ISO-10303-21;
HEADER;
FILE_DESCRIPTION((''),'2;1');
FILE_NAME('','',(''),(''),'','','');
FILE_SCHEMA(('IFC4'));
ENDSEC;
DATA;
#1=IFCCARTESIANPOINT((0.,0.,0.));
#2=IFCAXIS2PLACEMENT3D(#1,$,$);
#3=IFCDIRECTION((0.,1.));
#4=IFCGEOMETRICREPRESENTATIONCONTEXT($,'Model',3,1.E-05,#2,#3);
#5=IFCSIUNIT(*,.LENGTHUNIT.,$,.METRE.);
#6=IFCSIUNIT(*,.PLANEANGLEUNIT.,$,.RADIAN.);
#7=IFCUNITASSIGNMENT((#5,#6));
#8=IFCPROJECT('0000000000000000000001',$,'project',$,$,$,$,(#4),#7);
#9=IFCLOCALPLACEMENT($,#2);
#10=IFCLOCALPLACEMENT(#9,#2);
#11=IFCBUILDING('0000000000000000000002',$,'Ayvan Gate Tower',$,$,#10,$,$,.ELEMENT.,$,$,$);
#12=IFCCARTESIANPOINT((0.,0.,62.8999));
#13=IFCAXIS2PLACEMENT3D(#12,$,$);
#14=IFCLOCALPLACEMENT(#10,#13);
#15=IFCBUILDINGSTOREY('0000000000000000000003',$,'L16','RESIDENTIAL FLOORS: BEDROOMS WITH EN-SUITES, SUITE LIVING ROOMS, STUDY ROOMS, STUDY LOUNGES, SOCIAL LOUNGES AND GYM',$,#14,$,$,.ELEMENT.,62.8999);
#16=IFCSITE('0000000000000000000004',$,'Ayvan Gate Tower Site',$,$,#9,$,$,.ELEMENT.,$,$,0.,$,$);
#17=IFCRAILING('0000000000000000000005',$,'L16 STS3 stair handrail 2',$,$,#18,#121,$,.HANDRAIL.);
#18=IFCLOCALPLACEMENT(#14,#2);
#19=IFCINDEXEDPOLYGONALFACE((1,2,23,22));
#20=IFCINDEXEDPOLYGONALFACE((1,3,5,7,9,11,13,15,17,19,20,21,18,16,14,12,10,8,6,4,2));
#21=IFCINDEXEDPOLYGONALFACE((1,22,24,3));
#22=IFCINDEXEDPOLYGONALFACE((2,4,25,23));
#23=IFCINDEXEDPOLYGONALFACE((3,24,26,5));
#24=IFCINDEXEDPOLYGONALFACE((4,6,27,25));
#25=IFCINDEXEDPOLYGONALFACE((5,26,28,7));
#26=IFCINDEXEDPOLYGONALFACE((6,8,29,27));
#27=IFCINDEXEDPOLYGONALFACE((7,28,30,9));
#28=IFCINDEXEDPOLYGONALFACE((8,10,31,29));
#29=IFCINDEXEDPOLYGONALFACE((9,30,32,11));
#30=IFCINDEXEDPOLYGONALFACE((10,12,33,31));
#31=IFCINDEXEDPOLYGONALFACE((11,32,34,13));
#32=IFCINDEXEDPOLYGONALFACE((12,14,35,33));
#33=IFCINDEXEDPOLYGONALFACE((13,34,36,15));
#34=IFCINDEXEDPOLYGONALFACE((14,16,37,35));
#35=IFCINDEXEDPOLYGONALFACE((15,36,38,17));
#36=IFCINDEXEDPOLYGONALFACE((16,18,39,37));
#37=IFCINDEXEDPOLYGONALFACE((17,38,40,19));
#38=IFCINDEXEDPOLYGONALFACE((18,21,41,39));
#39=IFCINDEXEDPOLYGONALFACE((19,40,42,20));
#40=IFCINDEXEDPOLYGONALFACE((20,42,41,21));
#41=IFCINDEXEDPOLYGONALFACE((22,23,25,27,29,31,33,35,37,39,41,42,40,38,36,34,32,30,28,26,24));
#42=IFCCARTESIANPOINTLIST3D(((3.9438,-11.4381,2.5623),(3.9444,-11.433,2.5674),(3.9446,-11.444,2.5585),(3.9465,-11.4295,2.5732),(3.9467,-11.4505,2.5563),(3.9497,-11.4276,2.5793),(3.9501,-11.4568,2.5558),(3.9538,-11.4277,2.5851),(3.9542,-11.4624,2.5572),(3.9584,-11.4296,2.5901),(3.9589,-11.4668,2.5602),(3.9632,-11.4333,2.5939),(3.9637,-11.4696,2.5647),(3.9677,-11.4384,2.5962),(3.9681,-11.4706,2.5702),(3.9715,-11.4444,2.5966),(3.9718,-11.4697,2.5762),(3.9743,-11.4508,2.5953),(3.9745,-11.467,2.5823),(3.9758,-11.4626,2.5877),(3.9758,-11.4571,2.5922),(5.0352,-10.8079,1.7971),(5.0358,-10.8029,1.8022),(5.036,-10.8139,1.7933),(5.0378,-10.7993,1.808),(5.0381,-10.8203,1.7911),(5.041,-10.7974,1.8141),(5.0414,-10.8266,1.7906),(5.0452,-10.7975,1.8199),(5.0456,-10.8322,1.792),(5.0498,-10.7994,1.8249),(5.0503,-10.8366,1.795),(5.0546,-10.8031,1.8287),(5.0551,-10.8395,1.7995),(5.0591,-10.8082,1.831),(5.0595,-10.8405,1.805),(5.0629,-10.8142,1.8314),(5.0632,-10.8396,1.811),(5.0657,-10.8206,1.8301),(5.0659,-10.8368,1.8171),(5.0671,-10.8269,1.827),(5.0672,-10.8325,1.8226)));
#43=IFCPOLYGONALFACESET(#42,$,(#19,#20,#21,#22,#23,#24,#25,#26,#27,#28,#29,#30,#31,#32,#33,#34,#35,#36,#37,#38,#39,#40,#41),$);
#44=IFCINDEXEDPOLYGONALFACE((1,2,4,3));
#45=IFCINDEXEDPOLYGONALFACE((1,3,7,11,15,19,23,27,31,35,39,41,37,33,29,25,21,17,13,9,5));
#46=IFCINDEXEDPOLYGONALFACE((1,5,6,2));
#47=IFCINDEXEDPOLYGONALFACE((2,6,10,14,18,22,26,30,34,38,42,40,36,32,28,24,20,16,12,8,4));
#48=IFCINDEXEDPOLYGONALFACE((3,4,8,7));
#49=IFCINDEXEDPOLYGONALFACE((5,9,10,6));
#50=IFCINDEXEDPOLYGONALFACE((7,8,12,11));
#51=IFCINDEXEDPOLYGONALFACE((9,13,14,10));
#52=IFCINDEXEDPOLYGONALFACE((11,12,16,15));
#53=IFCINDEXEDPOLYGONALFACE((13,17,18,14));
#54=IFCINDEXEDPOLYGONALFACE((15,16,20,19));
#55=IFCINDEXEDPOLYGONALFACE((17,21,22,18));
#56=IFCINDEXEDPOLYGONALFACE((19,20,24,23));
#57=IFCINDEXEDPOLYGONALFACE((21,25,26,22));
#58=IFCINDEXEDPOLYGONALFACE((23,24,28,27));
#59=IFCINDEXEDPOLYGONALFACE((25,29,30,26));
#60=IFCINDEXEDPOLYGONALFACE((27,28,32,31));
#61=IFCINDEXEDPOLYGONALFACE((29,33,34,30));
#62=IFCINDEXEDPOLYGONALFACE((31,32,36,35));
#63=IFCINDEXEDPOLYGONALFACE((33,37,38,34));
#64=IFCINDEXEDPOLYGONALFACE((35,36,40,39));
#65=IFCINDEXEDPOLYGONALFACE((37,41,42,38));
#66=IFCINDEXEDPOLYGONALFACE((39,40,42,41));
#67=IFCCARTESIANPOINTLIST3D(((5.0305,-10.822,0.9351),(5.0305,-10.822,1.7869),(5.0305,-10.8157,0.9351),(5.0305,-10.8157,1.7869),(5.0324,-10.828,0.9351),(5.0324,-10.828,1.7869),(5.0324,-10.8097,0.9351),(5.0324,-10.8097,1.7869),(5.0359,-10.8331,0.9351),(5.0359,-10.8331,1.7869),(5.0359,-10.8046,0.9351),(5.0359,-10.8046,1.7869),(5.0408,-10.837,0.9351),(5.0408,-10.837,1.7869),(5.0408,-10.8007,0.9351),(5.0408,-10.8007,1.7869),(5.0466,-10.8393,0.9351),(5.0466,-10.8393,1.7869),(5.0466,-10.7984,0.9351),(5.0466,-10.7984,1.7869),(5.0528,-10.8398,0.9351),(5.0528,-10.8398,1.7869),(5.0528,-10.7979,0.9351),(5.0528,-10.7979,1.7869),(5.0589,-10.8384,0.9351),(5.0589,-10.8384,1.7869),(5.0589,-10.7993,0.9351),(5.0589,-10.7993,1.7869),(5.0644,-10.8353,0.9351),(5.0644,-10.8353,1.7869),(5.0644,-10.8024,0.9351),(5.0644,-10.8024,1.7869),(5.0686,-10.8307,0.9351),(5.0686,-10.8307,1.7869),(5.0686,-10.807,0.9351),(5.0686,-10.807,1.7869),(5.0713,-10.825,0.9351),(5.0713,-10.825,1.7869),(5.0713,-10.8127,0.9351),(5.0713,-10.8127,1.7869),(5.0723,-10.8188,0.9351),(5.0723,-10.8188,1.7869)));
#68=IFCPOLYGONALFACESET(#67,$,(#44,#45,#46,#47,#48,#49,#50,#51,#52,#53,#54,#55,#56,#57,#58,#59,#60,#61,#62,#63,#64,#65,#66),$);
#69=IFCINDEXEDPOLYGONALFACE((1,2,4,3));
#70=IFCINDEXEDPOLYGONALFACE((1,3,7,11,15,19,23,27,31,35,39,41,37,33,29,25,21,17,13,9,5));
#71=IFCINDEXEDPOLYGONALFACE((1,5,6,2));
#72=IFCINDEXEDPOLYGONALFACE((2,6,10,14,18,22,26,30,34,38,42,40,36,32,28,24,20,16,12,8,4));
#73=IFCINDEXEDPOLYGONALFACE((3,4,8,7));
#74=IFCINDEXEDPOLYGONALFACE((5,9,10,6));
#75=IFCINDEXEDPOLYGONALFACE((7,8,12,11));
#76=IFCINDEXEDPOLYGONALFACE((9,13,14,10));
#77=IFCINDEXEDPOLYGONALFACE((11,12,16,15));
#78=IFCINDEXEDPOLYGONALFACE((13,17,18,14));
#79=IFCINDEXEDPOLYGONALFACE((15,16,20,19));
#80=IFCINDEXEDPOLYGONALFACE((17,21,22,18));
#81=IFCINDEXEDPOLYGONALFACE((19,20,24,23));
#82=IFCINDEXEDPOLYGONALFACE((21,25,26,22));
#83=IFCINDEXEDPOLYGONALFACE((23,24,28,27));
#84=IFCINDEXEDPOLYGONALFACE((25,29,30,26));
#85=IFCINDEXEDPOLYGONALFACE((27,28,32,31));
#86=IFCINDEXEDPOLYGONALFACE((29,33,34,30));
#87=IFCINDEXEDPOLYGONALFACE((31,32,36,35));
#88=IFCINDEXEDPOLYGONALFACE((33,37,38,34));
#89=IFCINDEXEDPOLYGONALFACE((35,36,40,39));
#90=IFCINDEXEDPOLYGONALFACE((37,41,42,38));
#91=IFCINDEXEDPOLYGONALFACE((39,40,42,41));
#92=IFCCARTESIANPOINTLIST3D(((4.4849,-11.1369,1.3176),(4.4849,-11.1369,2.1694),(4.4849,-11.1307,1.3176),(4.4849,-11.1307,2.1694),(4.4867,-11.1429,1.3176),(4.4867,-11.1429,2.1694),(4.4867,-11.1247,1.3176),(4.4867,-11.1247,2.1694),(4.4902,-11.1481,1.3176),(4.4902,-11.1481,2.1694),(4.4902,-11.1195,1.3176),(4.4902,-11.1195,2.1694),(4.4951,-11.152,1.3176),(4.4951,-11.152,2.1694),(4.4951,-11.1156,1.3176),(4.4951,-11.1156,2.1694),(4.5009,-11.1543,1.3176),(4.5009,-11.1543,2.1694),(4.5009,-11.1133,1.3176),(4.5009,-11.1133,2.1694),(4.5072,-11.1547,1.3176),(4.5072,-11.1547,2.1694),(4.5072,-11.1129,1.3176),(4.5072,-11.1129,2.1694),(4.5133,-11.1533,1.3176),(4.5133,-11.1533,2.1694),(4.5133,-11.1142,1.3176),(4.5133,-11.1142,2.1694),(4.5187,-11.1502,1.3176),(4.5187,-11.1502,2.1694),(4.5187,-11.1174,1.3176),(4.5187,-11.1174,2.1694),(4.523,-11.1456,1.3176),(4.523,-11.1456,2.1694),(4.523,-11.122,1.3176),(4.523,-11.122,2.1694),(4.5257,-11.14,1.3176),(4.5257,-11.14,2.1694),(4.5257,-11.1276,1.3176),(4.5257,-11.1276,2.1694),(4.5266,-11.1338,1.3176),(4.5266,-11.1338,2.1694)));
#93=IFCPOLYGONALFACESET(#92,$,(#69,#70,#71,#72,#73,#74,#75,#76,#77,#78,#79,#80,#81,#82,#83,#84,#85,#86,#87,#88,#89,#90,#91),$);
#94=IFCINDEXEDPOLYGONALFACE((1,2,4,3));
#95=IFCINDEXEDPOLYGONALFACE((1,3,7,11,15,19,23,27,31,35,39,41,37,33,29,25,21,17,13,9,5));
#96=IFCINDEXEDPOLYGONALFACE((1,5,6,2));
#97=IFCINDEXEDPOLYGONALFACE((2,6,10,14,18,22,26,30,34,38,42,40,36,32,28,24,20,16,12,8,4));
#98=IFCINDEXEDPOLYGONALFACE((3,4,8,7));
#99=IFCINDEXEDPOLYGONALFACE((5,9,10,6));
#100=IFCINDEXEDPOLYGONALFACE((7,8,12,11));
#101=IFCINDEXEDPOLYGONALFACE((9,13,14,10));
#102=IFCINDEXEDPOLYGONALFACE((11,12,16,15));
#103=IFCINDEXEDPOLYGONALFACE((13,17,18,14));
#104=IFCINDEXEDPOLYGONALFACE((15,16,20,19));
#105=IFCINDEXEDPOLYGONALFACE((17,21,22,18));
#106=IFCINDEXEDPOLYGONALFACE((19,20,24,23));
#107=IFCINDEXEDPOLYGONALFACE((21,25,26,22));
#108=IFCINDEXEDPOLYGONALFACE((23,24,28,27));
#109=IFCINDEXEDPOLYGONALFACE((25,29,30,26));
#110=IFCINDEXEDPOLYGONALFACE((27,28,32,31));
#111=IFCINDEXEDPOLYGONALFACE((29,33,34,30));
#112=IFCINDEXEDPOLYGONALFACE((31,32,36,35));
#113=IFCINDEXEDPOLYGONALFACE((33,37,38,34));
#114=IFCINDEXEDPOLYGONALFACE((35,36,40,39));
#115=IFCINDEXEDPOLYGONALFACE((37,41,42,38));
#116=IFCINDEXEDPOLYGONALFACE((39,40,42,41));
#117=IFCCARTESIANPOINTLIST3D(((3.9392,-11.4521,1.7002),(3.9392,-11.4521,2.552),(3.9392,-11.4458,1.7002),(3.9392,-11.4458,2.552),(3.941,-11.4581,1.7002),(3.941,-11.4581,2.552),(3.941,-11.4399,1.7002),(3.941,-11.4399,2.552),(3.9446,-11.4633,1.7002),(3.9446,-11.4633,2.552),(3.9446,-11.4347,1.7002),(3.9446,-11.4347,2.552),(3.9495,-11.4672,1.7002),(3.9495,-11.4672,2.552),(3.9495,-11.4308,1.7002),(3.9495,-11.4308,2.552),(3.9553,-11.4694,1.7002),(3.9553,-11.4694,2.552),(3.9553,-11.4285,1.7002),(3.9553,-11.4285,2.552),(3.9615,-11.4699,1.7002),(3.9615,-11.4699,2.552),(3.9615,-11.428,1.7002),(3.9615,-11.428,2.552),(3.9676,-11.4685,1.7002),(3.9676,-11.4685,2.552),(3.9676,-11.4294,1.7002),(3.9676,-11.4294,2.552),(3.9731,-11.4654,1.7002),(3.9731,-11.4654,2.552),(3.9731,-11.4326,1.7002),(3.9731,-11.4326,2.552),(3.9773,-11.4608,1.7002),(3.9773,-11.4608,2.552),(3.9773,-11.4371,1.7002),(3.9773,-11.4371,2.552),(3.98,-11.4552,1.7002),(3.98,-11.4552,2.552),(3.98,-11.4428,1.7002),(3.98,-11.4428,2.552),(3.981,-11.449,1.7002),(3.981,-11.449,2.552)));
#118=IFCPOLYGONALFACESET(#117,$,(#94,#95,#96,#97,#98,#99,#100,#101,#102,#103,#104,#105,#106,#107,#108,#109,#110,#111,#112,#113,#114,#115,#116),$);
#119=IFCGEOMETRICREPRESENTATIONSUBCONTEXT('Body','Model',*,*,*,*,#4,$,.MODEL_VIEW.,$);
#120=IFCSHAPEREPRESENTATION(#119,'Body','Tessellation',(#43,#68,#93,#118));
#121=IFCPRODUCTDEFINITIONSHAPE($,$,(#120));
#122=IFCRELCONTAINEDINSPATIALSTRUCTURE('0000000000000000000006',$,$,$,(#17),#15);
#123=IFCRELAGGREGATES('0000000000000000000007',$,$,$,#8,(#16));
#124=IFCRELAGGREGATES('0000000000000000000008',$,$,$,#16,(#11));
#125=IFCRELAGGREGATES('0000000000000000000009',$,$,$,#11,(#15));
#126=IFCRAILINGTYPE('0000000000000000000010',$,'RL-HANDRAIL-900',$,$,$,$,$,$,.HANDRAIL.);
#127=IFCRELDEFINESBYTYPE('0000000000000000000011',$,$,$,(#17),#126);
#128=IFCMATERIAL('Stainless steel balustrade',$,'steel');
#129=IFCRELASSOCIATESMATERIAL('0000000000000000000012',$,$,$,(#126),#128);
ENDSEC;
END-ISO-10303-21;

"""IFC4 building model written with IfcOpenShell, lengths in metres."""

from ifc_helpers import new_model, si_unit, direction, frame, origin, origin_2d, place, context, subcontext, project, spatial, circle, extrude, material, type_object, element, save


model = new_model("IFC4")

# Units and contexts
model_context = context("Model", 3, precision=1e-05, world=origin(), true_north=direction((0.0, 1.0)))
body_context = subcontext(model_context, "Body", "Model", "MODEL_VIEW")
ifc_project = project(units=[si_unit("LENGTHUNIT", "METRE"), si_unit("PLANEANGLEUNIT", "RADIAN")], contexts=[model_context])

# Site, building, storey
site_placement = place(None, origin())
site = spatial("IfcSite", under=ifc_project, at=site_placement, Name="Ayvan Gate Tower Site", CompositionType="ELEMENT", RefElevation=0.0)
building_placement = place(site_placement, origin())
building = spatial("IfcBuilding", under=site, at=building_placement, Name="Ayvan Gate Tower", CompositionType="ELEMENT")
storey_placement = place(building_placement, frame((0.0, 0.0, 62.8999)))
storey = spatial("IfcBuildingStorey", under=building, at=storey_placement, Name="L16", Description="RESIDENTIAL FLOORS: BEDROOMS WITH EN-SUITES, SUITE LIVING ROOMS, STUDY ROOMS, STUDY LOUNGES, SOCIAL LOUNGES AND GYM", CompositionType="ELEMENT", Elevation=62.8999)

# Railing
ifc_material_1 = material(Name="Stainless steel balustrade", Category="steel")
railing_type_1 = type_object("IfcRailingType", Name="RL-HANDRAIL-900", PredefinedType="HANDRAIL", material=ifc_material_1)
railing_1_placement = place(storey_placement, frame((5.0513, -10.8188, 0.9351)))
element("IfcRailing", 1, at=railing_1_placement, inside=storey, type_object=railing_type_1, Name="L16 STS3 stair handrail 2", PredefinedType="HANDRAIL", context=body_context, shape_type="SweptSolid", body=[
    extrude(circle(Radius=0.0239, at=origin_2d()), frame((0.0, 0.0, 0.876), z_axis=(-0.740241, -0.427419, 0.518996), x_axis=(0.500035, -0.866005, 0.0)), (0.0, 0.0, 1.0), 1.4744),
    extrude(circle(Radius=0.021, at=origin_2d()), origin(), (0.0, 0.0, 1.0), 0.8518),
    extrude(circle(Radius=0.021, at=origin_2d()), frame((-0.5457, -0.3149, 0.3826)), (0.0, 0.0, 1.0), 0.8518),
    extrude(circle(Radius=0.021, at=origin_2d()), frame((-1.0913, -0.6301, 0.7651)), (0.0, 0.0, 1.0), 0.8518),
])

save(model, "model.ifc")
